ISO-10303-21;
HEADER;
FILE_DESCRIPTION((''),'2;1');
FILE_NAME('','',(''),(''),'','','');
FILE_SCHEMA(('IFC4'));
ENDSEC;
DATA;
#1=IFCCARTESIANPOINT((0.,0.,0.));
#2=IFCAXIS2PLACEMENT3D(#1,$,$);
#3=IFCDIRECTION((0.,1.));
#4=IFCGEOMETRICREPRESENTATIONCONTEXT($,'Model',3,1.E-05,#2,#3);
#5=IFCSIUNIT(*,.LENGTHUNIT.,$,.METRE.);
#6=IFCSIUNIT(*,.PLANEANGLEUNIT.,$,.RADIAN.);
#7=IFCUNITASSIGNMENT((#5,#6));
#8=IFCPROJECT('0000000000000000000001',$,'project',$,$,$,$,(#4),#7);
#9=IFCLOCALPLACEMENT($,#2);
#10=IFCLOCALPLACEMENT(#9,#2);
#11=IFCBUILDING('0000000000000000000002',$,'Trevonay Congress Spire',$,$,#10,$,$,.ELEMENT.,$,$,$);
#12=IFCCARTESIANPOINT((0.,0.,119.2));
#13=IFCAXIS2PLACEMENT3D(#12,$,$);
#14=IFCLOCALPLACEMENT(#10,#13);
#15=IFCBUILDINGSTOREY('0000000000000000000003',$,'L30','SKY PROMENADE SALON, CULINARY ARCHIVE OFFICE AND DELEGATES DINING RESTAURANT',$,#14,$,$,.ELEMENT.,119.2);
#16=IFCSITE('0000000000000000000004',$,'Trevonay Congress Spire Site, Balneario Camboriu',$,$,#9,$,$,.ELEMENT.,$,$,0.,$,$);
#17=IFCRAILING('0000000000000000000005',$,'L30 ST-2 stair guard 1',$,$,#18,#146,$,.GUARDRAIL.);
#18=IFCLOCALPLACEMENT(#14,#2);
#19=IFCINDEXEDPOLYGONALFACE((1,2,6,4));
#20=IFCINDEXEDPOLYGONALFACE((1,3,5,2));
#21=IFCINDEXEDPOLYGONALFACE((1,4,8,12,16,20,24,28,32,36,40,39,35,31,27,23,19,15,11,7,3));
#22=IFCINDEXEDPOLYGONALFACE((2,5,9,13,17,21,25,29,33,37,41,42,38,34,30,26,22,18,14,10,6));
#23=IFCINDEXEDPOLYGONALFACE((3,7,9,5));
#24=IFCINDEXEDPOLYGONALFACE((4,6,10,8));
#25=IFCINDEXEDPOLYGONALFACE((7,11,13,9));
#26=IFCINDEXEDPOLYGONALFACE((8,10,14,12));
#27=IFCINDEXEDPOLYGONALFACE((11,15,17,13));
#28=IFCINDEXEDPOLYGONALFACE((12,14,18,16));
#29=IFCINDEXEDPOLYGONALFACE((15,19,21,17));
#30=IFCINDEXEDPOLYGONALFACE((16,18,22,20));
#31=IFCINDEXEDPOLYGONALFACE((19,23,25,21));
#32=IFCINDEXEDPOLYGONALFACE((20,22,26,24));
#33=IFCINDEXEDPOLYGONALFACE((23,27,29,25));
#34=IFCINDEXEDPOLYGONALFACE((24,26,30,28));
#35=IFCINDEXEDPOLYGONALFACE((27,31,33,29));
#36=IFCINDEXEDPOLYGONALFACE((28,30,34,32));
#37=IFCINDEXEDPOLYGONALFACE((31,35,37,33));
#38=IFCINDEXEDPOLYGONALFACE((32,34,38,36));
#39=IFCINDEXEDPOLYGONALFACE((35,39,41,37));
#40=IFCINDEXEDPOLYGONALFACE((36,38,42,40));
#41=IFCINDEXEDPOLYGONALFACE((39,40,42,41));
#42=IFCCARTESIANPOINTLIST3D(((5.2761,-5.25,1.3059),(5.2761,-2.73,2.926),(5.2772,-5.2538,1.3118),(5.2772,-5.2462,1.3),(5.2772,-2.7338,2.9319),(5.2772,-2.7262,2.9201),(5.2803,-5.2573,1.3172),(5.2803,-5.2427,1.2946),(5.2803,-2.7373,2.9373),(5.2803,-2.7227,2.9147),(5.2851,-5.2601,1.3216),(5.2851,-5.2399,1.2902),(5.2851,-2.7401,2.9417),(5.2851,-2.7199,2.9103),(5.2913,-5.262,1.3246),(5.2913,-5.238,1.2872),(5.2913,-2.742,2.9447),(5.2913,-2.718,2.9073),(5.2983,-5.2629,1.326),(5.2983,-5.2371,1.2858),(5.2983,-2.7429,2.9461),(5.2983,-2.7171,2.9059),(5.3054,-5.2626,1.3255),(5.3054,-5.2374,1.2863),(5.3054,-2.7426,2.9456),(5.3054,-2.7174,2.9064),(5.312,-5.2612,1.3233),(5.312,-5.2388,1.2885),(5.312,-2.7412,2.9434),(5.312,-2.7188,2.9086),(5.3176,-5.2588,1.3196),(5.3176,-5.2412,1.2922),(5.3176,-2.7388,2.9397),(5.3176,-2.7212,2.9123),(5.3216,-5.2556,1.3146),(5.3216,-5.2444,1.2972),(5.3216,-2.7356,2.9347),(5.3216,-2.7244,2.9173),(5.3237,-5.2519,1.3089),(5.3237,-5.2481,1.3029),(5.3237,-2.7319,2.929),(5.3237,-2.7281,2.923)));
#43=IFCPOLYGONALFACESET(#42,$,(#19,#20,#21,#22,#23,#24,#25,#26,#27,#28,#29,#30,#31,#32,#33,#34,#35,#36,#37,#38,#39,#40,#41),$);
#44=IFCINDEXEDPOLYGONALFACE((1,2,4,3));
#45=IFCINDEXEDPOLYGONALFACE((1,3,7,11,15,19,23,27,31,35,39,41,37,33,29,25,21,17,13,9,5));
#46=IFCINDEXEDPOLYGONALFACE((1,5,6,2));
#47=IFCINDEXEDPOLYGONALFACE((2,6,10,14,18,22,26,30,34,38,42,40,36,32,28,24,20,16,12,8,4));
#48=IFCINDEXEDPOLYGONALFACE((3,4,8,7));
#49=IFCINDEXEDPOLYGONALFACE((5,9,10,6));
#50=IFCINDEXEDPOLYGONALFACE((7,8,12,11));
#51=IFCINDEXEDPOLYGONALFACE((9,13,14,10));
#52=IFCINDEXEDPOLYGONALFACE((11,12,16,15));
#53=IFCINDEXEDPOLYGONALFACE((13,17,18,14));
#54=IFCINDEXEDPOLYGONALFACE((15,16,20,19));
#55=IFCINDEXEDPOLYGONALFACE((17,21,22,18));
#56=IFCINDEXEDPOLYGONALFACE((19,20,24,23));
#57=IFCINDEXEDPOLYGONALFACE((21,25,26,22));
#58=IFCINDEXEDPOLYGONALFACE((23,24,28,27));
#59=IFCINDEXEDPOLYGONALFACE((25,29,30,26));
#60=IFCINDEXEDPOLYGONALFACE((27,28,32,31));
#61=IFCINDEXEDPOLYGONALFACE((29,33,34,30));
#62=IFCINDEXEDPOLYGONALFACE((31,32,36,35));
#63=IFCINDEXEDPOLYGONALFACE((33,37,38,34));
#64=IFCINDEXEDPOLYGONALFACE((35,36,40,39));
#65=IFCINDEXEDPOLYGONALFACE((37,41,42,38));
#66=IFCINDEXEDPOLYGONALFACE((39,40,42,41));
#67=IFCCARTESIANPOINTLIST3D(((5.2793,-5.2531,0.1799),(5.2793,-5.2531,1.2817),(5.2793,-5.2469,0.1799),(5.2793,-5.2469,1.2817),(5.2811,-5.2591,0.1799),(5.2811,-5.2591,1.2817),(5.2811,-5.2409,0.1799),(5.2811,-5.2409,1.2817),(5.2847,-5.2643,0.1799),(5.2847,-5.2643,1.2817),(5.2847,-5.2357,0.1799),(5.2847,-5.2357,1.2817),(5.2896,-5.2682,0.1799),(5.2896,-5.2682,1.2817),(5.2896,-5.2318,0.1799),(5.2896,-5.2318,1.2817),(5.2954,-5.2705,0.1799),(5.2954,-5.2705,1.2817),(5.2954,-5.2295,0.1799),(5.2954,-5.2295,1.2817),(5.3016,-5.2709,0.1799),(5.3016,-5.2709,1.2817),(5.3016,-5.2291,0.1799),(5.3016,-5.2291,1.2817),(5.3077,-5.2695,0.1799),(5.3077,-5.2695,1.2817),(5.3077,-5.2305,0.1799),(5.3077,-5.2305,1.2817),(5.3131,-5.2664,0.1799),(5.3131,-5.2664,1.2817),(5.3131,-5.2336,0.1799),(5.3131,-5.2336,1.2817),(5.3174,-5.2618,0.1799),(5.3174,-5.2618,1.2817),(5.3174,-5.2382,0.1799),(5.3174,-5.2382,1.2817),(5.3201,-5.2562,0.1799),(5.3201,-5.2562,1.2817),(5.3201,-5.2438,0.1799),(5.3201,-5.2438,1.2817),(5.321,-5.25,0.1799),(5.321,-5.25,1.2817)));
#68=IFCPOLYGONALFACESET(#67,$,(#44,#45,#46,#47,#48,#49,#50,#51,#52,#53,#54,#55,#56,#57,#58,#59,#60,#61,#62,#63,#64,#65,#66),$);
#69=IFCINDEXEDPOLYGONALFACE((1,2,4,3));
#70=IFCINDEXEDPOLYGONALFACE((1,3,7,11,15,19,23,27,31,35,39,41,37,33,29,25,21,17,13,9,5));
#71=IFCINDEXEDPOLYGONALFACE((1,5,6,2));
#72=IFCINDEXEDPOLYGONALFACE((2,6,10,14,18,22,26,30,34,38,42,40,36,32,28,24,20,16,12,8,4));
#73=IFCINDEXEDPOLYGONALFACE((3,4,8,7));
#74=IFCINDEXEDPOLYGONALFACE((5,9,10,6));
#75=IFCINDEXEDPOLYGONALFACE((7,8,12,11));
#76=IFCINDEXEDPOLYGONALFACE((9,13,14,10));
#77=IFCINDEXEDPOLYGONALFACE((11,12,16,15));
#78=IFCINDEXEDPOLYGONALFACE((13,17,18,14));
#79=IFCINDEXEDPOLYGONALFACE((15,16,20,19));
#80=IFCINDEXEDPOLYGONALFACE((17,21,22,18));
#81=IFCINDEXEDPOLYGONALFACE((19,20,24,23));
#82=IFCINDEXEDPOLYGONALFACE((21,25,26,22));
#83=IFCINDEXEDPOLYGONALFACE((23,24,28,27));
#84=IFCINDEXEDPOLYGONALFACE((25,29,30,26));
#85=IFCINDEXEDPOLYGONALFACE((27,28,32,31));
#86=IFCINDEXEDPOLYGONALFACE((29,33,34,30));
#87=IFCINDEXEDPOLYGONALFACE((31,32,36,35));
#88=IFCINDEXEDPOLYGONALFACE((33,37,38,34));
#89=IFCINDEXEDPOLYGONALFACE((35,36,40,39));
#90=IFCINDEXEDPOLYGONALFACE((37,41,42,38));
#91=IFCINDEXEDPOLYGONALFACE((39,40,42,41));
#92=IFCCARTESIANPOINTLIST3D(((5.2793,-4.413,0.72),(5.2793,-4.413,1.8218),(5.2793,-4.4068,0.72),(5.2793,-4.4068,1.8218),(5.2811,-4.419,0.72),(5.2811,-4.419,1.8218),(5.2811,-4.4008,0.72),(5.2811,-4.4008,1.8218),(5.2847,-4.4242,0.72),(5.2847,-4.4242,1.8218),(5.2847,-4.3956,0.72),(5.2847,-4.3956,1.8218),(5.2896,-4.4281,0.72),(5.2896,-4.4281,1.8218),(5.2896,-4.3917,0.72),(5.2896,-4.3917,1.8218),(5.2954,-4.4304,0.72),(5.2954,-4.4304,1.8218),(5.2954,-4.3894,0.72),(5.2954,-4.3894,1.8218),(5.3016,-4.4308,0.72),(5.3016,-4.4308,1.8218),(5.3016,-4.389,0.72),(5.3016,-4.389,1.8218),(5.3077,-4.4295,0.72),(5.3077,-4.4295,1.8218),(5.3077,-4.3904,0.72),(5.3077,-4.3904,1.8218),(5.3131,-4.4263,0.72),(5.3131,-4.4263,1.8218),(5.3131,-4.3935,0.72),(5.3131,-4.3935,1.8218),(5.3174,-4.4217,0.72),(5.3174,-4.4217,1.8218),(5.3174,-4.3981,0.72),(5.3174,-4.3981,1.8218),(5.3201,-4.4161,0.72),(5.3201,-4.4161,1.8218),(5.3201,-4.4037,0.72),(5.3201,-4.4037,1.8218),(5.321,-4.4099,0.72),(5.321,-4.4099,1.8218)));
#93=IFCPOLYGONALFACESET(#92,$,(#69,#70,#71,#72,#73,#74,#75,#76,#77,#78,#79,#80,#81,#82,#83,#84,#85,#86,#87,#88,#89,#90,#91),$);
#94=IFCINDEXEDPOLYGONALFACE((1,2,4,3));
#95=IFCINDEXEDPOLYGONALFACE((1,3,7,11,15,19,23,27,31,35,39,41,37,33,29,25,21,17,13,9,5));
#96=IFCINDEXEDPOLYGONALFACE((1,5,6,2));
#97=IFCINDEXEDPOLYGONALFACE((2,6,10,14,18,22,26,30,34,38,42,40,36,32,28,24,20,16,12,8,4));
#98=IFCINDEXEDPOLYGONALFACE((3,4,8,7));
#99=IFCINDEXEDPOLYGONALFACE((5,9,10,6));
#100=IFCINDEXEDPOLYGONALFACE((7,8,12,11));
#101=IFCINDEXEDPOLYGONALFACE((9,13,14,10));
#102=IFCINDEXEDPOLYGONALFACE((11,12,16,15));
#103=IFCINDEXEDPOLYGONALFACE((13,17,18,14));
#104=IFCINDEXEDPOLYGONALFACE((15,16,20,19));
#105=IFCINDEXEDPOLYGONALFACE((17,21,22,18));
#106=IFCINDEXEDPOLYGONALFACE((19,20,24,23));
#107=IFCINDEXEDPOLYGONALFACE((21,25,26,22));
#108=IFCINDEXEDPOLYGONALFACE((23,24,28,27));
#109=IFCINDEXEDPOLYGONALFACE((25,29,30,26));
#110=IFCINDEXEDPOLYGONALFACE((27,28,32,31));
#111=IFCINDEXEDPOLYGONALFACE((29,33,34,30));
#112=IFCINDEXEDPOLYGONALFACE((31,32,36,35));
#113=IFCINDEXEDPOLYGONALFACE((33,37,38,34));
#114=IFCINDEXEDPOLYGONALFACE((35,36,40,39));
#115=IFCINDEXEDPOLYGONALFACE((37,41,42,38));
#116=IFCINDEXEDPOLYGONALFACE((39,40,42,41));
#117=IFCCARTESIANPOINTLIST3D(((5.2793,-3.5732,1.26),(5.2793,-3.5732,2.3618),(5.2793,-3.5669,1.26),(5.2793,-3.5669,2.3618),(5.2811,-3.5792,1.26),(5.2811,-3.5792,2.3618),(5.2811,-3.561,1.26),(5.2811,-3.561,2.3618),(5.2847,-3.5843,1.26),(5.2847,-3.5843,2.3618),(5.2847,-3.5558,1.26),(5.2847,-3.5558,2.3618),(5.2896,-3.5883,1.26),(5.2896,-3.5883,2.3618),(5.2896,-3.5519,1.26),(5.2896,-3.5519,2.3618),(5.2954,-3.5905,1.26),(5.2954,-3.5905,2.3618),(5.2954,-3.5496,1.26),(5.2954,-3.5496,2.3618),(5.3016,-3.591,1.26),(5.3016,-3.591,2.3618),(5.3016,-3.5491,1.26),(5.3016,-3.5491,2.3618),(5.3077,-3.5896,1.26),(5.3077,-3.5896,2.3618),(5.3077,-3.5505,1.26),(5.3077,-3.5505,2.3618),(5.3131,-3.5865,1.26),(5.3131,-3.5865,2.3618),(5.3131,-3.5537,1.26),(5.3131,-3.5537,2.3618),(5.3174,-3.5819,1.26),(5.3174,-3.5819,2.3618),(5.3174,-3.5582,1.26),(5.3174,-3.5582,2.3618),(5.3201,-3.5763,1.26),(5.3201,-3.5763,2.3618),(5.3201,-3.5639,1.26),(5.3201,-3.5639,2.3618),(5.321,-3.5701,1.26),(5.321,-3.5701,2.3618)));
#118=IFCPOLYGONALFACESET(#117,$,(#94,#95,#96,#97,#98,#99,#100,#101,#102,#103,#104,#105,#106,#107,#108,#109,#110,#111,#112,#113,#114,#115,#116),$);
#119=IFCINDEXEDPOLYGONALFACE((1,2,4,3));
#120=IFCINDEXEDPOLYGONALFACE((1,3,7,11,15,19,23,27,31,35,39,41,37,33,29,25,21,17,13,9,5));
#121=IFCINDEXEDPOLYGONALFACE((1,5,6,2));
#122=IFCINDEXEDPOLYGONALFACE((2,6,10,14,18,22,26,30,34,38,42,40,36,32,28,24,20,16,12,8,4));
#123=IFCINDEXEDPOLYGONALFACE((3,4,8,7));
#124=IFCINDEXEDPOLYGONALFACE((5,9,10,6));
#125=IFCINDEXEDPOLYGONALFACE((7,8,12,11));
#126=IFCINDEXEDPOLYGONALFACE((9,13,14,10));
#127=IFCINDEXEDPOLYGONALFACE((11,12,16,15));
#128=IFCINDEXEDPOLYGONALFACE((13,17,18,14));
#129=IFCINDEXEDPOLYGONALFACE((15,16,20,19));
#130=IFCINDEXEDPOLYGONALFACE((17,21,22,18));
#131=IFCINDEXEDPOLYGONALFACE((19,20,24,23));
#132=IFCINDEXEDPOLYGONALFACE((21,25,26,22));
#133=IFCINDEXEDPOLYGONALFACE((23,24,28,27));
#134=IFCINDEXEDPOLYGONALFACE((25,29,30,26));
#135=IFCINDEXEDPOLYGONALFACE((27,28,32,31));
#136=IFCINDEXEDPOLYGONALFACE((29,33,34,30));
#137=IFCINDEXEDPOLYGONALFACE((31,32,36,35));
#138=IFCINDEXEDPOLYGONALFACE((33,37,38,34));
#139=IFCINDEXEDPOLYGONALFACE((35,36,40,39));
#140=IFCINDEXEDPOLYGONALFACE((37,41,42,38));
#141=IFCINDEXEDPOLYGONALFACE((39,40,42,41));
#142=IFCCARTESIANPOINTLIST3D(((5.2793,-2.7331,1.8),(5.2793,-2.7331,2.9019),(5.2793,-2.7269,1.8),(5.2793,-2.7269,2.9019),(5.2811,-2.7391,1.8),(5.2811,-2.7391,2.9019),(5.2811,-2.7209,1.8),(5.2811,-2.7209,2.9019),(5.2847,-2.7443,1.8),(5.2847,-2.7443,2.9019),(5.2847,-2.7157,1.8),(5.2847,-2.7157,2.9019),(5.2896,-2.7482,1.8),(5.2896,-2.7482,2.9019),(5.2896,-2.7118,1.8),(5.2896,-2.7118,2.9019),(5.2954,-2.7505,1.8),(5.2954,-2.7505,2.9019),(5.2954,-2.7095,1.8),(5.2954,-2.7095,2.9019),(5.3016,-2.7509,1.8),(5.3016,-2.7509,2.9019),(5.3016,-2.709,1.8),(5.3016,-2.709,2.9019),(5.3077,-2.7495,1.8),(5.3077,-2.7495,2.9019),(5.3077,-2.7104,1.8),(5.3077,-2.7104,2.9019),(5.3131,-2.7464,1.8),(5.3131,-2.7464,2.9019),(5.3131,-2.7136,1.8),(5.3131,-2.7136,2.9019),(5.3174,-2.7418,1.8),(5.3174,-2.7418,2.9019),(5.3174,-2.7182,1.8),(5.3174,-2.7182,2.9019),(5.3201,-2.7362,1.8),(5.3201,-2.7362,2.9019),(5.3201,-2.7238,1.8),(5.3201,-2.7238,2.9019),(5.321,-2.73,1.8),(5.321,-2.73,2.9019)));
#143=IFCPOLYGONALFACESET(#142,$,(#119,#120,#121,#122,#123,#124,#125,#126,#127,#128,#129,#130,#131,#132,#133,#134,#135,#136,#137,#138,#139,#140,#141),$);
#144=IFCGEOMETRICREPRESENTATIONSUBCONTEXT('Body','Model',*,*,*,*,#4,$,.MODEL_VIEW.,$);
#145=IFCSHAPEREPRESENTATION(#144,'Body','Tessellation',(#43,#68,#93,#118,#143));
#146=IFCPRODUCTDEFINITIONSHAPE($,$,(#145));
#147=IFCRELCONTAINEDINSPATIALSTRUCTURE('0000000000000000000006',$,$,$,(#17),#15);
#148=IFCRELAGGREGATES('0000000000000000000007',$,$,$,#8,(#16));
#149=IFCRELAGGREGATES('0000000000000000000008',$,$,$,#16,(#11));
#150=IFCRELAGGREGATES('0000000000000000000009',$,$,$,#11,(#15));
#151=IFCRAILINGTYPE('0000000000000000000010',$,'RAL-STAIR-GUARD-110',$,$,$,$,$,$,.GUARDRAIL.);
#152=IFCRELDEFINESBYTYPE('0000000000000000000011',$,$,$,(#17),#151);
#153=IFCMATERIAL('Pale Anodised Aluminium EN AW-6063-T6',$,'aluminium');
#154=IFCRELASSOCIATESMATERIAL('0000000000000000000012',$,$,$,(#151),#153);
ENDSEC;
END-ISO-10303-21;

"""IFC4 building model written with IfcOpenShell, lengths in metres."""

from ifc_helpers import new_model, si_unit, direction, frame, origin, origin_2d, place, context, subcontext, project, spatial, circle, extrude, material, type_object, element, save


model = new_model("IFC4")

# Units and contexts
model_context = context("Model", 3, precision=1e-05, world=origin(), true_north=direction((0.0, 1.0)))
body_context = subcontext(model_context, "Body", "Model", "MODEL_VIEW")
ifc_project = project(units=[si_unit("LENGTHUNIT", "METRE"), si_unit("PLANEANGLEUNIT", "RADIAN")], contexts=[model_context])

# Site, building, storey
site_placement = place(None, origin())
site = spatial("IfcSite", under=ifc_project, at=site_placement, Name="Trevonay Congress Spire Site, Balneario Camboriu", CompositionType="ELEMENT", RefElevation=0.0)
building_placement = place(site_placement, origin())
building = spatial("IfcBuilding", under=site, at=building_placement, Name="Trevonay Congress Spire", CompositionType="ELEMENT")
storey_placement = place(building_placement, frame((0.0, 0.0, 119.2)))
storey = spatial("IfcBuildingStorey", under=building, at=storey_placement, Name="L30", Description="SKY PROMENADE SALON, CULINARY ARCHIVE OFFICE AND DELEGATES DINING RESTAURANT", CompositionType="ELEMENT", Elevation=119.2)

# Shared definitions
ifc_material_1 = material(Name="Pale Anodised Aluminium EN AW-6063-T6", Category="aluminium")

# Railing
railing_type_1 = type_object("IfcRailingType", Name="RAL-STAIR-GUARD-110", PredefinedType="GUARDRAIL", material=ifc_material_1)
railing_1_placement = place(storey_placement, frame((5.3, -5.25, 0.1799)))
element("IfcRailing", 1, at=railing_1_placement, inside=storey, type_object=railing_type_1, Name="L30 ST-2 stair guard 1", PredefinedType="GUARDRAIL", context=body_context, shape_type="SweptSolid", body=[
    extrude(circle(Radius=0.0239, at=origin_2d()), frame((0.0, 0.0, 1.126), z_axis=(0.0, 0.841163, 0.540782), x_axis=(-1.0, 0.0, 0.0)), (0.0, 0.0, 1.0), 2.9958),
    extrude(circle(Radius=0.021, at=origin_2d()), origin(), (0.0, 0.0, 1.0), 1.1018),
    extrude(circle(Radius=0.021, at=origin_2d()), frame((0.0, 0.8401, 0.54)), (0.0, 0.0, 1.0), 1.1018),
    extrude(circle(Radius=0.021, at=origin_2d()), frame((0.0, 1.6799, 1.0801)), (0.0, 0.0, 1.0), 1.1018),
    extrude(circle(Radius=0.021, at=origin_2d()), frame((0.0, 2.52, 1.6201)), (0.0, 0.0, 1.0), 1.1018),
])

save(model, "model.ifc")
